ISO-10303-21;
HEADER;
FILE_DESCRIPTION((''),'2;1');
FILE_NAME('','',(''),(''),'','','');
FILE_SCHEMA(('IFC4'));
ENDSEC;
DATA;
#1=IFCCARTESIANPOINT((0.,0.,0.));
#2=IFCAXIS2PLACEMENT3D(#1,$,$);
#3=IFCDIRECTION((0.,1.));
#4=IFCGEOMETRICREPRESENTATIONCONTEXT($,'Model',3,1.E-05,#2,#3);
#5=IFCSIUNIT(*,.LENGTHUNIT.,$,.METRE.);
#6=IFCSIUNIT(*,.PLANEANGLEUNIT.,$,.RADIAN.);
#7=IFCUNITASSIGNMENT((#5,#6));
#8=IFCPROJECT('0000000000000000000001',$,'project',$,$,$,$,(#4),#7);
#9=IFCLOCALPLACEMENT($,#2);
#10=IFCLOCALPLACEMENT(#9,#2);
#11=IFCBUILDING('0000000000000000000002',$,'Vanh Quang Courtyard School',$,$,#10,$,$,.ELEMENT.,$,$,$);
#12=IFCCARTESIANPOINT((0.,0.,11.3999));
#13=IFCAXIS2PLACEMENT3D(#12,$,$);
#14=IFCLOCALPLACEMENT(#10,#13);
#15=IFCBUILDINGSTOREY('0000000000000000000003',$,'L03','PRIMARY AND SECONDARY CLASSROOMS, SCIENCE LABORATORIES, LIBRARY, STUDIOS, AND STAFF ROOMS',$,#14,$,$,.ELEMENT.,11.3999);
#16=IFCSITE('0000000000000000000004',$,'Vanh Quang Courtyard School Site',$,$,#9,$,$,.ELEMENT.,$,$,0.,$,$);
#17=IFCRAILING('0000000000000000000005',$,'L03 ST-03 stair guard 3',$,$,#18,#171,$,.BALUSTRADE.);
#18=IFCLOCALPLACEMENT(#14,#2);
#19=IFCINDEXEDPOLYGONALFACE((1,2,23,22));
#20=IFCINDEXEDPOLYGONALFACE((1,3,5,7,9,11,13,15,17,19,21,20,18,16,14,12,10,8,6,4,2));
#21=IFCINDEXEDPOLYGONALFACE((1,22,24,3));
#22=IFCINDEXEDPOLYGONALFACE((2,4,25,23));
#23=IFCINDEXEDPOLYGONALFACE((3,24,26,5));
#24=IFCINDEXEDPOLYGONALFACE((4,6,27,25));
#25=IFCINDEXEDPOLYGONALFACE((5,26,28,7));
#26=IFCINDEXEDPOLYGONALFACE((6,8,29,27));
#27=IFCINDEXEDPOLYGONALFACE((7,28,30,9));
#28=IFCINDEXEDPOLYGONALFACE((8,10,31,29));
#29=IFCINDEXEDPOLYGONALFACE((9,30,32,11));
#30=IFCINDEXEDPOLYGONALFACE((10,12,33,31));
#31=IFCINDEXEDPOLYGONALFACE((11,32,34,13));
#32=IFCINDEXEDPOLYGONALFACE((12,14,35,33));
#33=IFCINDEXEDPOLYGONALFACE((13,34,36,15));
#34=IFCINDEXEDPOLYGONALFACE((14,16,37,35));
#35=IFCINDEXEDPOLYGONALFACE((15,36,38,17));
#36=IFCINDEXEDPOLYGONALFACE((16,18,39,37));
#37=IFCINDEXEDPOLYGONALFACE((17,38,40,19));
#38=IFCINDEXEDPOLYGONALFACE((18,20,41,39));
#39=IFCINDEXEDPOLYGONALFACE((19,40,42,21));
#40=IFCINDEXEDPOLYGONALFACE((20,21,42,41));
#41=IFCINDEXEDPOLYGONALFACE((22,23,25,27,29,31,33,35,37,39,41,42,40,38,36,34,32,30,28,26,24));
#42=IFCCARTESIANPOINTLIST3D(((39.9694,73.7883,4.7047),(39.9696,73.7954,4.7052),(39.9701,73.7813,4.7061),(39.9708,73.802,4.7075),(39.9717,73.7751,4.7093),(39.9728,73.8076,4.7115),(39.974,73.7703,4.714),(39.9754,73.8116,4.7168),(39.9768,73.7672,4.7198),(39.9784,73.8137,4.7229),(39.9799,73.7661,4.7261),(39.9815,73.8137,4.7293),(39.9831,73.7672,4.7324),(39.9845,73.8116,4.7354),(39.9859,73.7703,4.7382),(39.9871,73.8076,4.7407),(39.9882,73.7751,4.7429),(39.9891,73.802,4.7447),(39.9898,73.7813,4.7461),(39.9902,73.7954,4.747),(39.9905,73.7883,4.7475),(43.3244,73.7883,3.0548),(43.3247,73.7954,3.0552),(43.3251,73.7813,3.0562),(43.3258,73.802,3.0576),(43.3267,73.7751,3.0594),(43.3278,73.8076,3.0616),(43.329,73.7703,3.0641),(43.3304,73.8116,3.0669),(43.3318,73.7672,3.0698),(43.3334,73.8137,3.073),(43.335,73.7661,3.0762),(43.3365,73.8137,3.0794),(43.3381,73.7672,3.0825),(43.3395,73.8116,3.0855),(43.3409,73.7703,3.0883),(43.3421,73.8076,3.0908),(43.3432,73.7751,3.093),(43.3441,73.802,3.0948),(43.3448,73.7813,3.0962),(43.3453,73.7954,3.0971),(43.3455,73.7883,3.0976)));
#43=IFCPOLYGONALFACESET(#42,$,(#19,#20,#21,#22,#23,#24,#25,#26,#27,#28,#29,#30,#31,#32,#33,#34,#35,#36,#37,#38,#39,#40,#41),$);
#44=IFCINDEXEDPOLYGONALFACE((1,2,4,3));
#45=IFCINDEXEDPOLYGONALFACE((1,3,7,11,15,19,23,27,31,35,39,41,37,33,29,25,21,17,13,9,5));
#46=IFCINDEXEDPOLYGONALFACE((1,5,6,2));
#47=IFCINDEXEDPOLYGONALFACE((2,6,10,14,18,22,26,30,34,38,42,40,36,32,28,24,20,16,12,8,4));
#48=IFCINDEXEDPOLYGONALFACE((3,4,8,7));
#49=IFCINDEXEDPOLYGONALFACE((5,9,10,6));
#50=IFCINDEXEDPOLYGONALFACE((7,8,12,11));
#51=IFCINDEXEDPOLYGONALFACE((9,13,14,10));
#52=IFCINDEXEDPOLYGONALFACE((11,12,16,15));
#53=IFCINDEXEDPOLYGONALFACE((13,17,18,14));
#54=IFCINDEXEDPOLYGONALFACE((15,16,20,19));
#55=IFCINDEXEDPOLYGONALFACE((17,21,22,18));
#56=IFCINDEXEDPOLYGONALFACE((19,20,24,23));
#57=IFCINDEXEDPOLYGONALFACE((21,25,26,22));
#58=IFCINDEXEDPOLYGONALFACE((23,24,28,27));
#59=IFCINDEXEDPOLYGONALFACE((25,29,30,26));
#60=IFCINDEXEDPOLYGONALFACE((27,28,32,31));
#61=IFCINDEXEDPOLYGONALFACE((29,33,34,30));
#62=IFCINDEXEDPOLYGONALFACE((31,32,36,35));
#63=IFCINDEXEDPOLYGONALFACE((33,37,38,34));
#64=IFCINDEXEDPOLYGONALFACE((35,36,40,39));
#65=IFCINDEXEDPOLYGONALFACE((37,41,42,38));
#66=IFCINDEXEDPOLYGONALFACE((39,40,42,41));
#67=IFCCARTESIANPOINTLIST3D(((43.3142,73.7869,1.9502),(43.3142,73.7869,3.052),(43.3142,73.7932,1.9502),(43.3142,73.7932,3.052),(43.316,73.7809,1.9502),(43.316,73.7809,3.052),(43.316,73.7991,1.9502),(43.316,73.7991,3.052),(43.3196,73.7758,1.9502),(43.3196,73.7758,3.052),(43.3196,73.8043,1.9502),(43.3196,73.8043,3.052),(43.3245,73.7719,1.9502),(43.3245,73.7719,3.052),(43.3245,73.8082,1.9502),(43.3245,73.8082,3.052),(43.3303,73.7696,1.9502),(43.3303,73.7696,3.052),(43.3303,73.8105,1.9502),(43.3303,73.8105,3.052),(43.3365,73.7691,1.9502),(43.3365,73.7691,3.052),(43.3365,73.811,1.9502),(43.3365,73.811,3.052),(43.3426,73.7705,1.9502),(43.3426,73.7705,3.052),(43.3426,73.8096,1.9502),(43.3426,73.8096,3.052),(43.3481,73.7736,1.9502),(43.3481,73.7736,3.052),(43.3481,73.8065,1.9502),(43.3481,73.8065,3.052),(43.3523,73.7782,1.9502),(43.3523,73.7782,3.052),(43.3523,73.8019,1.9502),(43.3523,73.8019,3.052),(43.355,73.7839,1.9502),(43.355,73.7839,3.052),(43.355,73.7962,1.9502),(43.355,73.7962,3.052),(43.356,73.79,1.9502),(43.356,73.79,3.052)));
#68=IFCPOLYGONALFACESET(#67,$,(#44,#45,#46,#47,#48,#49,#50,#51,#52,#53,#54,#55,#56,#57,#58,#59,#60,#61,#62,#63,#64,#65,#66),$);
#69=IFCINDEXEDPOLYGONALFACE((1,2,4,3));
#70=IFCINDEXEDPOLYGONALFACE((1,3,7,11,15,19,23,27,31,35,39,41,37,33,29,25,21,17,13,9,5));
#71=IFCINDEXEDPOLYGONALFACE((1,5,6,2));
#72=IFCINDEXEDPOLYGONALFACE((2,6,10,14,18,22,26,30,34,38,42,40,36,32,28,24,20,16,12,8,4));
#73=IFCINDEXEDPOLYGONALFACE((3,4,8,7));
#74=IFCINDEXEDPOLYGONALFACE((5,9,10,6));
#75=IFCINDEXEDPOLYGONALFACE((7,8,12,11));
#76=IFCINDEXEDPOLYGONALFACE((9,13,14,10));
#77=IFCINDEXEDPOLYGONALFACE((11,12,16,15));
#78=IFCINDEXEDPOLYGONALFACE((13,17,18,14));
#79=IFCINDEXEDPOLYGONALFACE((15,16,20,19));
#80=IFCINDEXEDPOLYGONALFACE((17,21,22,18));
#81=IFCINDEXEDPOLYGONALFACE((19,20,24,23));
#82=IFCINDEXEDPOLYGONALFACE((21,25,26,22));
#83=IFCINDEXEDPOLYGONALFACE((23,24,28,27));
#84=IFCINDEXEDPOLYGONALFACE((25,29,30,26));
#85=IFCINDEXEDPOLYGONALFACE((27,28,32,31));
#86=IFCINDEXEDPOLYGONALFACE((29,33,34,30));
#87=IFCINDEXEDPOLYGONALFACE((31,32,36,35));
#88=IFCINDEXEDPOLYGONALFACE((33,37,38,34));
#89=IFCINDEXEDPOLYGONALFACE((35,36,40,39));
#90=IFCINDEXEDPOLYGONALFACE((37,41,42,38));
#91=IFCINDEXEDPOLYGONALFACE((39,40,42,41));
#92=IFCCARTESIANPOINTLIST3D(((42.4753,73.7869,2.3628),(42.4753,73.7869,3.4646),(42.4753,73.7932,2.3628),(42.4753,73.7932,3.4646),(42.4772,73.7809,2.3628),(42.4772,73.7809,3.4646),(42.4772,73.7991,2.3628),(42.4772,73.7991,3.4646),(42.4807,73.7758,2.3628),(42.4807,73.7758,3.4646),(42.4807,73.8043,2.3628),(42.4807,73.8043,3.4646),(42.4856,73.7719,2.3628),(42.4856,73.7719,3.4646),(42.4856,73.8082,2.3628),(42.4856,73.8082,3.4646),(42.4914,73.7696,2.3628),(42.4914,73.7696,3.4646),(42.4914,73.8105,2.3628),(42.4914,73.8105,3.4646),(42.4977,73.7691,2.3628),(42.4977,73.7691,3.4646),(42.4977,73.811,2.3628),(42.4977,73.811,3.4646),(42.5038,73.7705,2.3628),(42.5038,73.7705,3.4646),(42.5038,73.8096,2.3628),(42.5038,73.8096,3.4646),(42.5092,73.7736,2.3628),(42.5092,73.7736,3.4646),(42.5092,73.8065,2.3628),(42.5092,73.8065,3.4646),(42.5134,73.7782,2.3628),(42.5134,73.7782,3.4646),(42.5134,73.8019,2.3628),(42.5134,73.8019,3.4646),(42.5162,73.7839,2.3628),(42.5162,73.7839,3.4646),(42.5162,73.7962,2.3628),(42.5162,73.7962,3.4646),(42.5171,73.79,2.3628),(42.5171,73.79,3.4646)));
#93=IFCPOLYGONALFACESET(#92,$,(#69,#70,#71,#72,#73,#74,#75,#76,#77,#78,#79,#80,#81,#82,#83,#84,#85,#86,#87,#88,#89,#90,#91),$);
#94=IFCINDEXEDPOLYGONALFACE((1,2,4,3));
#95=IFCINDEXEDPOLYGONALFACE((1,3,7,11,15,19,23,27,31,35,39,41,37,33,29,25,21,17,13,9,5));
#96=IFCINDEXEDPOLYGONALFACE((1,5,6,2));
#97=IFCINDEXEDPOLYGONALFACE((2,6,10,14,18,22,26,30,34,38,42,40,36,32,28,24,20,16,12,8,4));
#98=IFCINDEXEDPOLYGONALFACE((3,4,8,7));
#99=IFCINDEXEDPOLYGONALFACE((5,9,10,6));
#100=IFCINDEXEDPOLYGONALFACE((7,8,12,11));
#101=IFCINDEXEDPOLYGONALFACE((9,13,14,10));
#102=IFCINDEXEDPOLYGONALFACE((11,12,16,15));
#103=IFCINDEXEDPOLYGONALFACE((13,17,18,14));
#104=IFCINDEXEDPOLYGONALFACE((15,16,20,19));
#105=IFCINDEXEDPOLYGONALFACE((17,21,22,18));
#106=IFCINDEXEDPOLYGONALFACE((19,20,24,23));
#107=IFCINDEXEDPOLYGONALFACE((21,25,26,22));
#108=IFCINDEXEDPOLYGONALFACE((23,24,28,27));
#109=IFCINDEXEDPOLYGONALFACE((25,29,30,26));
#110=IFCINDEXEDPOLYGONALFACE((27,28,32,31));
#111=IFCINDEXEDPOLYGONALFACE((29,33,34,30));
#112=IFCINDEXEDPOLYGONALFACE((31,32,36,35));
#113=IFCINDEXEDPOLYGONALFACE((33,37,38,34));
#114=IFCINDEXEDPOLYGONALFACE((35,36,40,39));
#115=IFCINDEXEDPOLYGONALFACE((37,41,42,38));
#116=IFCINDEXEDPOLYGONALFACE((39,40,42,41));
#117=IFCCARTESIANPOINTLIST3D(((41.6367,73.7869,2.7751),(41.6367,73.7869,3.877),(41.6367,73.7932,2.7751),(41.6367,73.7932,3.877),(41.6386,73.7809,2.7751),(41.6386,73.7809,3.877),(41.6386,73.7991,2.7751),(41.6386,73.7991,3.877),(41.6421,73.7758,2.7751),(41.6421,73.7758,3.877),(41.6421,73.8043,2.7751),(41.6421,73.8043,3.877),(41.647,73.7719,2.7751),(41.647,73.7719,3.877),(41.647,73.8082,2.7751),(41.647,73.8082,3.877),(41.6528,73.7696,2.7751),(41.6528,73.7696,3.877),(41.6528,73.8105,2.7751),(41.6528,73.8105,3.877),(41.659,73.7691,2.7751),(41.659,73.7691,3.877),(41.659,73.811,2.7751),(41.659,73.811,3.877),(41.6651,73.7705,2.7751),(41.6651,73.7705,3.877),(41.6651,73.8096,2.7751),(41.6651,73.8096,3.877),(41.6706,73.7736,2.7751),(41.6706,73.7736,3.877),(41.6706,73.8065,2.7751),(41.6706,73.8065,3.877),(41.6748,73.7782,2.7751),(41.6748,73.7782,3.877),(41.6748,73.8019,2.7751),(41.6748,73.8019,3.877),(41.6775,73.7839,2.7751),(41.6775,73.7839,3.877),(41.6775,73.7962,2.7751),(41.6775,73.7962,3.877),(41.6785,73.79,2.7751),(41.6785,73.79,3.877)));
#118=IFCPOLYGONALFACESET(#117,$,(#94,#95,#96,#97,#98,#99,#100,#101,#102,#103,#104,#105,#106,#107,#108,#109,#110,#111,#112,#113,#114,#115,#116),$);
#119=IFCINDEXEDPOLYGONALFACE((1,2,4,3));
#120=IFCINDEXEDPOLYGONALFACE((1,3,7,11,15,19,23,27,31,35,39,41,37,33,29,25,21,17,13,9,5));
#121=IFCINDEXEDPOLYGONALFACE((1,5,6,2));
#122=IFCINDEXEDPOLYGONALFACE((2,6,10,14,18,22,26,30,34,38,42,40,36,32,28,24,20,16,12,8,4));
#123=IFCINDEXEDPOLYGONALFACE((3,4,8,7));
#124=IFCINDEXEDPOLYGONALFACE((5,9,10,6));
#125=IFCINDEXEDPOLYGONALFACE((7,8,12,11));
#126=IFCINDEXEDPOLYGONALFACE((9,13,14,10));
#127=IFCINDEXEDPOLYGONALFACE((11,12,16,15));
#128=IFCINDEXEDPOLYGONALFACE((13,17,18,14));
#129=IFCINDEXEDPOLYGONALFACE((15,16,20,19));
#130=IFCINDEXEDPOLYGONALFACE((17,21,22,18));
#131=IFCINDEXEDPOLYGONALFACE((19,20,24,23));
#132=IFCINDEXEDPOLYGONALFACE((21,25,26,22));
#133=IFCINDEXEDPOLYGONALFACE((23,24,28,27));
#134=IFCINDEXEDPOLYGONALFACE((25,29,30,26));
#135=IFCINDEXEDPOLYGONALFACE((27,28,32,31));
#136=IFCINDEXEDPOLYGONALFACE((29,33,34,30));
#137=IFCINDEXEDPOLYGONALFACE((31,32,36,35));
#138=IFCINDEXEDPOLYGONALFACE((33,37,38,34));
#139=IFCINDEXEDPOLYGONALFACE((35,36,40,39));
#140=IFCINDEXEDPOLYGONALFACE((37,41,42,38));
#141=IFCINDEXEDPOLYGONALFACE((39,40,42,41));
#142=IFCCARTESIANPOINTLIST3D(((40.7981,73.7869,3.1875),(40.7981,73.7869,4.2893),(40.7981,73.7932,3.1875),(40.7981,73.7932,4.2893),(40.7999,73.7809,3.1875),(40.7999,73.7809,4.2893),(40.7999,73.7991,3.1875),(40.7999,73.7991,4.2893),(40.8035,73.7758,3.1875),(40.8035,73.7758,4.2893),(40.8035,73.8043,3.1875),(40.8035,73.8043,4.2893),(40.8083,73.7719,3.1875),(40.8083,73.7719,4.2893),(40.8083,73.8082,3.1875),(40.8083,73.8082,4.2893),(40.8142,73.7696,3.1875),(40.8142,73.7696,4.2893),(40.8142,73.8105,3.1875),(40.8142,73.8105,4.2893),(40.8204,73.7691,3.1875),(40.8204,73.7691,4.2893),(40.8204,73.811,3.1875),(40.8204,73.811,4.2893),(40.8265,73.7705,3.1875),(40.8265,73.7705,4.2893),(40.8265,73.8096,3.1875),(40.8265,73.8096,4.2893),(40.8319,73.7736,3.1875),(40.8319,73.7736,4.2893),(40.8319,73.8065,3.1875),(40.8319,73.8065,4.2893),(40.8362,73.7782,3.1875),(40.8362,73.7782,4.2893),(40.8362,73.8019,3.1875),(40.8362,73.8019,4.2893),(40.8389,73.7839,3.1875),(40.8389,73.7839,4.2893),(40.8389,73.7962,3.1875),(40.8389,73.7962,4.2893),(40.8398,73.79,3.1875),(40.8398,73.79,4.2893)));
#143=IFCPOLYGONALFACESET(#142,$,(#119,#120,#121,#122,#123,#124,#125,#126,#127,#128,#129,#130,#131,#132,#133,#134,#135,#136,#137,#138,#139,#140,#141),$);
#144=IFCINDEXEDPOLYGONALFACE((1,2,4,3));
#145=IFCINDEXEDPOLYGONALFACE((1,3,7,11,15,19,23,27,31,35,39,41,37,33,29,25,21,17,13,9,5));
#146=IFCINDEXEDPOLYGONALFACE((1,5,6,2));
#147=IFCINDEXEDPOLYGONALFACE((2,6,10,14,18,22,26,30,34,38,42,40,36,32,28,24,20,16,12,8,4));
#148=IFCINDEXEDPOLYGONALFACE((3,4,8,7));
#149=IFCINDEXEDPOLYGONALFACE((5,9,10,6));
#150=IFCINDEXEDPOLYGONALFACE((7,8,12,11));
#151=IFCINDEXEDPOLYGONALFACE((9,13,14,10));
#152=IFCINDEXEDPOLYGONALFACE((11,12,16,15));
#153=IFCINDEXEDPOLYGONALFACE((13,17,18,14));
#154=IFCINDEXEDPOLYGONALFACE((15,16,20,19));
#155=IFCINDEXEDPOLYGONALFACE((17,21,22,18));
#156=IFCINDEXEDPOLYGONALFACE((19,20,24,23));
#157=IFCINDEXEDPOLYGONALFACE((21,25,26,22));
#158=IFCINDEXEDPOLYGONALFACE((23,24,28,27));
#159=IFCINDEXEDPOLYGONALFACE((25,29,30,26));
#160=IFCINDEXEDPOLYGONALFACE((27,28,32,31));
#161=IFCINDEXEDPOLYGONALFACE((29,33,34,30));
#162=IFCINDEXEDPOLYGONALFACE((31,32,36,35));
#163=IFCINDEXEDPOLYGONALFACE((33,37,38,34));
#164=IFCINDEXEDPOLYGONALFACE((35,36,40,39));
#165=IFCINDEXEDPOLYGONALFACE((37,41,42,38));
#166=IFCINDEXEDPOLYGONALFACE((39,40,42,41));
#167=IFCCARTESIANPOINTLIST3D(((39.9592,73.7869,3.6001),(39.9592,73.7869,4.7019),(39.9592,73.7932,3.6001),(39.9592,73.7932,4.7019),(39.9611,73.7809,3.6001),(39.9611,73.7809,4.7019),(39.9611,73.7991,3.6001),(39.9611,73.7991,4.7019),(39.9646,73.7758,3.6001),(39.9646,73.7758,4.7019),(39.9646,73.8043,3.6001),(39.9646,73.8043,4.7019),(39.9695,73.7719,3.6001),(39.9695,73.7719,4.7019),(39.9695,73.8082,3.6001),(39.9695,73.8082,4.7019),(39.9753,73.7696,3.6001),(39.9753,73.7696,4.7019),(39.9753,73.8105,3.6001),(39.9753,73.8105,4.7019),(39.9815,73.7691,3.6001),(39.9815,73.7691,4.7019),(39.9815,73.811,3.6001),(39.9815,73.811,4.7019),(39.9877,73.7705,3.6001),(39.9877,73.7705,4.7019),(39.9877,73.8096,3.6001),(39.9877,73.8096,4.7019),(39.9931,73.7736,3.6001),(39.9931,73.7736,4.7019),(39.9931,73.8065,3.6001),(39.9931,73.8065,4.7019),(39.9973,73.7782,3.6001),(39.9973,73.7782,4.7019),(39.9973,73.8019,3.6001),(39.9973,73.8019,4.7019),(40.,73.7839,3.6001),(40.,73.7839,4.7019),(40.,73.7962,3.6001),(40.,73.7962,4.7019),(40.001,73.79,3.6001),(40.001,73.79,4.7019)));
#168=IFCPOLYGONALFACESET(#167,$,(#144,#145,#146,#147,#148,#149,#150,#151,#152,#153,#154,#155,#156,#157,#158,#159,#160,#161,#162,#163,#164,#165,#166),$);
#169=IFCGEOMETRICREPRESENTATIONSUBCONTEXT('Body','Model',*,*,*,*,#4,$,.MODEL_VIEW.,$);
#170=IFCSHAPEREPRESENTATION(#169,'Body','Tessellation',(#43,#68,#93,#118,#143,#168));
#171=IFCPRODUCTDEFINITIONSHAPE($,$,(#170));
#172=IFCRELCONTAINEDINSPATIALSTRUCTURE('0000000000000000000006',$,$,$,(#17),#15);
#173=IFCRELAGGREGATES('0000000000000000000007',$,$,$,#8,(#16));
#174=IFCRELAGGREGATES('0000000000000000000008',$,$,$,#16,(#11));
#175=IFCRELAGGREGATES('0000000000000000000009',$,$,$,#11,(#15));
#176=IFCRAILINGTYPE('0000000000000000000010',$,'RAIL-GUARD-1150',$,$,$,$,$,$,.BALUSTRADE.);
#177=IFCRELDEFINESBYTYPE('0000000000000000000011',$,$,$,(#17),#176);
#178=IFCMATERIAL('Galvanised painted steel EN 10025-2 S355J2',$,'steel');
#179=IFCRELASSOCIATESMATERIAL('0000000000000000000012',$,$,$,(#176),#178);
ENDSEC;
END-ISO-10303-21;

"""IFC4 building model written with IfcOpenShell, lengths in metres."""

from ifc_helpers import new_model, si_unit, direction, frame, origin, origin_2d, place, context, subcontext, project, spatial, circle, extrude, material, type_object, element, save


model = new_model("IFC4")

# Units and contexts
model_context = context("Model", 3, precision=1e-05, world=origin(), true_north=direction((0.0, 1.0)))
body_context = subcontext(model_context, "Body", "Model", "MODEL_VIEW")
ifc_project = project(units=[si_unit("LENGTHUNIT", "METRE"), si_unit("PLANEANGLEUNIT", "RADIAN")], contexts=[model_context])

# Site, building, storey
site_placement = place(None, origin())
site = spatial("IfcSite", under=ifc_project, at=site_placement, Name="Vanh Quang Courtyard School Site", CompositionType="ELEMENT", RefElevation=0.0)
building_placement = place(site_placement, origin())
building = spatial("IfcBuilding", under=site, at=building_placement, Name="Vanh Quang Courtyard School", CompositionType="ELEMENT")
storey_placement = place(building_placement, frame((0.0, 0.0, 11.3999)))
storey = spatial("IfcBuildingStorey", under=building, at=storey_placement, Name="L03", Description="PRIMARY AND SECONDARY CLASSROOMS, SCIENCE LABORATORIES, LIBRARY, STUDIOS, AND STAFF ROOMS", CompositionType="ELEMENT", Elevation=11.3999)

# Railing
ifc_material_1 = material(Name="Galvanised painted steel EN 10025-2 S355J2", Category="steel")
railing_type_1 = type_object("IfcRailingType", Name="RAIL-GUARD-1150", PredefinedType="BALUSTRADE", material=ifc_material_1)
railing_1_placement = place(storey_placement, frame((43.335, 73.79, 1.9502)))
element("IfcRailing", 1, at=railing_1_placement, inside=storey, type_object=railing_type_1, Name="L03 ST-03 stair guard 3", PredefinedType="BALUSTRADE", context=body_context, shape_type="SweptSolid", body=[
    extrude(circle(Radius=0.0239, at=origin_2d()), frame((0.0, 0.0, 1.126), z_axis=(-0.897359, 0.0, 0.441301), x_axis=(0.0, -1.0, 0.0)), (0.0, 0.0, 1.0), 3.7388),
    extrude(circle(Radius=0.021, at=origin_2d()), origin(), (0.0, 0.0, 1.0), 1.1018),
    extrude(circle(Radius=0.021, at=origin_2d()), frame((-0.8389, 0.0, 0.4126)), (0.0, 0.0, 1.0), 1.1018),
    extrude(circle(Radius=0.021, at=origin_2d()), frame((-1.6775, 0.0, 0.825)), (0.0, 0.0, 1.0), 1.1018),
    extrude(circle(Radius=0.021, at=origin_2d()), frame((-2.5161, 0.0, 1.2373)), (0.0, 0.0, 1.0), 1.1018),
    extrude(circle(Radius=0.021, at=origin_2d()), frame((-3.355, 0.0, 1.6499)), (0.0, 0.0, 1.0), 1.1018),
])

save(model, "model.ifc")
